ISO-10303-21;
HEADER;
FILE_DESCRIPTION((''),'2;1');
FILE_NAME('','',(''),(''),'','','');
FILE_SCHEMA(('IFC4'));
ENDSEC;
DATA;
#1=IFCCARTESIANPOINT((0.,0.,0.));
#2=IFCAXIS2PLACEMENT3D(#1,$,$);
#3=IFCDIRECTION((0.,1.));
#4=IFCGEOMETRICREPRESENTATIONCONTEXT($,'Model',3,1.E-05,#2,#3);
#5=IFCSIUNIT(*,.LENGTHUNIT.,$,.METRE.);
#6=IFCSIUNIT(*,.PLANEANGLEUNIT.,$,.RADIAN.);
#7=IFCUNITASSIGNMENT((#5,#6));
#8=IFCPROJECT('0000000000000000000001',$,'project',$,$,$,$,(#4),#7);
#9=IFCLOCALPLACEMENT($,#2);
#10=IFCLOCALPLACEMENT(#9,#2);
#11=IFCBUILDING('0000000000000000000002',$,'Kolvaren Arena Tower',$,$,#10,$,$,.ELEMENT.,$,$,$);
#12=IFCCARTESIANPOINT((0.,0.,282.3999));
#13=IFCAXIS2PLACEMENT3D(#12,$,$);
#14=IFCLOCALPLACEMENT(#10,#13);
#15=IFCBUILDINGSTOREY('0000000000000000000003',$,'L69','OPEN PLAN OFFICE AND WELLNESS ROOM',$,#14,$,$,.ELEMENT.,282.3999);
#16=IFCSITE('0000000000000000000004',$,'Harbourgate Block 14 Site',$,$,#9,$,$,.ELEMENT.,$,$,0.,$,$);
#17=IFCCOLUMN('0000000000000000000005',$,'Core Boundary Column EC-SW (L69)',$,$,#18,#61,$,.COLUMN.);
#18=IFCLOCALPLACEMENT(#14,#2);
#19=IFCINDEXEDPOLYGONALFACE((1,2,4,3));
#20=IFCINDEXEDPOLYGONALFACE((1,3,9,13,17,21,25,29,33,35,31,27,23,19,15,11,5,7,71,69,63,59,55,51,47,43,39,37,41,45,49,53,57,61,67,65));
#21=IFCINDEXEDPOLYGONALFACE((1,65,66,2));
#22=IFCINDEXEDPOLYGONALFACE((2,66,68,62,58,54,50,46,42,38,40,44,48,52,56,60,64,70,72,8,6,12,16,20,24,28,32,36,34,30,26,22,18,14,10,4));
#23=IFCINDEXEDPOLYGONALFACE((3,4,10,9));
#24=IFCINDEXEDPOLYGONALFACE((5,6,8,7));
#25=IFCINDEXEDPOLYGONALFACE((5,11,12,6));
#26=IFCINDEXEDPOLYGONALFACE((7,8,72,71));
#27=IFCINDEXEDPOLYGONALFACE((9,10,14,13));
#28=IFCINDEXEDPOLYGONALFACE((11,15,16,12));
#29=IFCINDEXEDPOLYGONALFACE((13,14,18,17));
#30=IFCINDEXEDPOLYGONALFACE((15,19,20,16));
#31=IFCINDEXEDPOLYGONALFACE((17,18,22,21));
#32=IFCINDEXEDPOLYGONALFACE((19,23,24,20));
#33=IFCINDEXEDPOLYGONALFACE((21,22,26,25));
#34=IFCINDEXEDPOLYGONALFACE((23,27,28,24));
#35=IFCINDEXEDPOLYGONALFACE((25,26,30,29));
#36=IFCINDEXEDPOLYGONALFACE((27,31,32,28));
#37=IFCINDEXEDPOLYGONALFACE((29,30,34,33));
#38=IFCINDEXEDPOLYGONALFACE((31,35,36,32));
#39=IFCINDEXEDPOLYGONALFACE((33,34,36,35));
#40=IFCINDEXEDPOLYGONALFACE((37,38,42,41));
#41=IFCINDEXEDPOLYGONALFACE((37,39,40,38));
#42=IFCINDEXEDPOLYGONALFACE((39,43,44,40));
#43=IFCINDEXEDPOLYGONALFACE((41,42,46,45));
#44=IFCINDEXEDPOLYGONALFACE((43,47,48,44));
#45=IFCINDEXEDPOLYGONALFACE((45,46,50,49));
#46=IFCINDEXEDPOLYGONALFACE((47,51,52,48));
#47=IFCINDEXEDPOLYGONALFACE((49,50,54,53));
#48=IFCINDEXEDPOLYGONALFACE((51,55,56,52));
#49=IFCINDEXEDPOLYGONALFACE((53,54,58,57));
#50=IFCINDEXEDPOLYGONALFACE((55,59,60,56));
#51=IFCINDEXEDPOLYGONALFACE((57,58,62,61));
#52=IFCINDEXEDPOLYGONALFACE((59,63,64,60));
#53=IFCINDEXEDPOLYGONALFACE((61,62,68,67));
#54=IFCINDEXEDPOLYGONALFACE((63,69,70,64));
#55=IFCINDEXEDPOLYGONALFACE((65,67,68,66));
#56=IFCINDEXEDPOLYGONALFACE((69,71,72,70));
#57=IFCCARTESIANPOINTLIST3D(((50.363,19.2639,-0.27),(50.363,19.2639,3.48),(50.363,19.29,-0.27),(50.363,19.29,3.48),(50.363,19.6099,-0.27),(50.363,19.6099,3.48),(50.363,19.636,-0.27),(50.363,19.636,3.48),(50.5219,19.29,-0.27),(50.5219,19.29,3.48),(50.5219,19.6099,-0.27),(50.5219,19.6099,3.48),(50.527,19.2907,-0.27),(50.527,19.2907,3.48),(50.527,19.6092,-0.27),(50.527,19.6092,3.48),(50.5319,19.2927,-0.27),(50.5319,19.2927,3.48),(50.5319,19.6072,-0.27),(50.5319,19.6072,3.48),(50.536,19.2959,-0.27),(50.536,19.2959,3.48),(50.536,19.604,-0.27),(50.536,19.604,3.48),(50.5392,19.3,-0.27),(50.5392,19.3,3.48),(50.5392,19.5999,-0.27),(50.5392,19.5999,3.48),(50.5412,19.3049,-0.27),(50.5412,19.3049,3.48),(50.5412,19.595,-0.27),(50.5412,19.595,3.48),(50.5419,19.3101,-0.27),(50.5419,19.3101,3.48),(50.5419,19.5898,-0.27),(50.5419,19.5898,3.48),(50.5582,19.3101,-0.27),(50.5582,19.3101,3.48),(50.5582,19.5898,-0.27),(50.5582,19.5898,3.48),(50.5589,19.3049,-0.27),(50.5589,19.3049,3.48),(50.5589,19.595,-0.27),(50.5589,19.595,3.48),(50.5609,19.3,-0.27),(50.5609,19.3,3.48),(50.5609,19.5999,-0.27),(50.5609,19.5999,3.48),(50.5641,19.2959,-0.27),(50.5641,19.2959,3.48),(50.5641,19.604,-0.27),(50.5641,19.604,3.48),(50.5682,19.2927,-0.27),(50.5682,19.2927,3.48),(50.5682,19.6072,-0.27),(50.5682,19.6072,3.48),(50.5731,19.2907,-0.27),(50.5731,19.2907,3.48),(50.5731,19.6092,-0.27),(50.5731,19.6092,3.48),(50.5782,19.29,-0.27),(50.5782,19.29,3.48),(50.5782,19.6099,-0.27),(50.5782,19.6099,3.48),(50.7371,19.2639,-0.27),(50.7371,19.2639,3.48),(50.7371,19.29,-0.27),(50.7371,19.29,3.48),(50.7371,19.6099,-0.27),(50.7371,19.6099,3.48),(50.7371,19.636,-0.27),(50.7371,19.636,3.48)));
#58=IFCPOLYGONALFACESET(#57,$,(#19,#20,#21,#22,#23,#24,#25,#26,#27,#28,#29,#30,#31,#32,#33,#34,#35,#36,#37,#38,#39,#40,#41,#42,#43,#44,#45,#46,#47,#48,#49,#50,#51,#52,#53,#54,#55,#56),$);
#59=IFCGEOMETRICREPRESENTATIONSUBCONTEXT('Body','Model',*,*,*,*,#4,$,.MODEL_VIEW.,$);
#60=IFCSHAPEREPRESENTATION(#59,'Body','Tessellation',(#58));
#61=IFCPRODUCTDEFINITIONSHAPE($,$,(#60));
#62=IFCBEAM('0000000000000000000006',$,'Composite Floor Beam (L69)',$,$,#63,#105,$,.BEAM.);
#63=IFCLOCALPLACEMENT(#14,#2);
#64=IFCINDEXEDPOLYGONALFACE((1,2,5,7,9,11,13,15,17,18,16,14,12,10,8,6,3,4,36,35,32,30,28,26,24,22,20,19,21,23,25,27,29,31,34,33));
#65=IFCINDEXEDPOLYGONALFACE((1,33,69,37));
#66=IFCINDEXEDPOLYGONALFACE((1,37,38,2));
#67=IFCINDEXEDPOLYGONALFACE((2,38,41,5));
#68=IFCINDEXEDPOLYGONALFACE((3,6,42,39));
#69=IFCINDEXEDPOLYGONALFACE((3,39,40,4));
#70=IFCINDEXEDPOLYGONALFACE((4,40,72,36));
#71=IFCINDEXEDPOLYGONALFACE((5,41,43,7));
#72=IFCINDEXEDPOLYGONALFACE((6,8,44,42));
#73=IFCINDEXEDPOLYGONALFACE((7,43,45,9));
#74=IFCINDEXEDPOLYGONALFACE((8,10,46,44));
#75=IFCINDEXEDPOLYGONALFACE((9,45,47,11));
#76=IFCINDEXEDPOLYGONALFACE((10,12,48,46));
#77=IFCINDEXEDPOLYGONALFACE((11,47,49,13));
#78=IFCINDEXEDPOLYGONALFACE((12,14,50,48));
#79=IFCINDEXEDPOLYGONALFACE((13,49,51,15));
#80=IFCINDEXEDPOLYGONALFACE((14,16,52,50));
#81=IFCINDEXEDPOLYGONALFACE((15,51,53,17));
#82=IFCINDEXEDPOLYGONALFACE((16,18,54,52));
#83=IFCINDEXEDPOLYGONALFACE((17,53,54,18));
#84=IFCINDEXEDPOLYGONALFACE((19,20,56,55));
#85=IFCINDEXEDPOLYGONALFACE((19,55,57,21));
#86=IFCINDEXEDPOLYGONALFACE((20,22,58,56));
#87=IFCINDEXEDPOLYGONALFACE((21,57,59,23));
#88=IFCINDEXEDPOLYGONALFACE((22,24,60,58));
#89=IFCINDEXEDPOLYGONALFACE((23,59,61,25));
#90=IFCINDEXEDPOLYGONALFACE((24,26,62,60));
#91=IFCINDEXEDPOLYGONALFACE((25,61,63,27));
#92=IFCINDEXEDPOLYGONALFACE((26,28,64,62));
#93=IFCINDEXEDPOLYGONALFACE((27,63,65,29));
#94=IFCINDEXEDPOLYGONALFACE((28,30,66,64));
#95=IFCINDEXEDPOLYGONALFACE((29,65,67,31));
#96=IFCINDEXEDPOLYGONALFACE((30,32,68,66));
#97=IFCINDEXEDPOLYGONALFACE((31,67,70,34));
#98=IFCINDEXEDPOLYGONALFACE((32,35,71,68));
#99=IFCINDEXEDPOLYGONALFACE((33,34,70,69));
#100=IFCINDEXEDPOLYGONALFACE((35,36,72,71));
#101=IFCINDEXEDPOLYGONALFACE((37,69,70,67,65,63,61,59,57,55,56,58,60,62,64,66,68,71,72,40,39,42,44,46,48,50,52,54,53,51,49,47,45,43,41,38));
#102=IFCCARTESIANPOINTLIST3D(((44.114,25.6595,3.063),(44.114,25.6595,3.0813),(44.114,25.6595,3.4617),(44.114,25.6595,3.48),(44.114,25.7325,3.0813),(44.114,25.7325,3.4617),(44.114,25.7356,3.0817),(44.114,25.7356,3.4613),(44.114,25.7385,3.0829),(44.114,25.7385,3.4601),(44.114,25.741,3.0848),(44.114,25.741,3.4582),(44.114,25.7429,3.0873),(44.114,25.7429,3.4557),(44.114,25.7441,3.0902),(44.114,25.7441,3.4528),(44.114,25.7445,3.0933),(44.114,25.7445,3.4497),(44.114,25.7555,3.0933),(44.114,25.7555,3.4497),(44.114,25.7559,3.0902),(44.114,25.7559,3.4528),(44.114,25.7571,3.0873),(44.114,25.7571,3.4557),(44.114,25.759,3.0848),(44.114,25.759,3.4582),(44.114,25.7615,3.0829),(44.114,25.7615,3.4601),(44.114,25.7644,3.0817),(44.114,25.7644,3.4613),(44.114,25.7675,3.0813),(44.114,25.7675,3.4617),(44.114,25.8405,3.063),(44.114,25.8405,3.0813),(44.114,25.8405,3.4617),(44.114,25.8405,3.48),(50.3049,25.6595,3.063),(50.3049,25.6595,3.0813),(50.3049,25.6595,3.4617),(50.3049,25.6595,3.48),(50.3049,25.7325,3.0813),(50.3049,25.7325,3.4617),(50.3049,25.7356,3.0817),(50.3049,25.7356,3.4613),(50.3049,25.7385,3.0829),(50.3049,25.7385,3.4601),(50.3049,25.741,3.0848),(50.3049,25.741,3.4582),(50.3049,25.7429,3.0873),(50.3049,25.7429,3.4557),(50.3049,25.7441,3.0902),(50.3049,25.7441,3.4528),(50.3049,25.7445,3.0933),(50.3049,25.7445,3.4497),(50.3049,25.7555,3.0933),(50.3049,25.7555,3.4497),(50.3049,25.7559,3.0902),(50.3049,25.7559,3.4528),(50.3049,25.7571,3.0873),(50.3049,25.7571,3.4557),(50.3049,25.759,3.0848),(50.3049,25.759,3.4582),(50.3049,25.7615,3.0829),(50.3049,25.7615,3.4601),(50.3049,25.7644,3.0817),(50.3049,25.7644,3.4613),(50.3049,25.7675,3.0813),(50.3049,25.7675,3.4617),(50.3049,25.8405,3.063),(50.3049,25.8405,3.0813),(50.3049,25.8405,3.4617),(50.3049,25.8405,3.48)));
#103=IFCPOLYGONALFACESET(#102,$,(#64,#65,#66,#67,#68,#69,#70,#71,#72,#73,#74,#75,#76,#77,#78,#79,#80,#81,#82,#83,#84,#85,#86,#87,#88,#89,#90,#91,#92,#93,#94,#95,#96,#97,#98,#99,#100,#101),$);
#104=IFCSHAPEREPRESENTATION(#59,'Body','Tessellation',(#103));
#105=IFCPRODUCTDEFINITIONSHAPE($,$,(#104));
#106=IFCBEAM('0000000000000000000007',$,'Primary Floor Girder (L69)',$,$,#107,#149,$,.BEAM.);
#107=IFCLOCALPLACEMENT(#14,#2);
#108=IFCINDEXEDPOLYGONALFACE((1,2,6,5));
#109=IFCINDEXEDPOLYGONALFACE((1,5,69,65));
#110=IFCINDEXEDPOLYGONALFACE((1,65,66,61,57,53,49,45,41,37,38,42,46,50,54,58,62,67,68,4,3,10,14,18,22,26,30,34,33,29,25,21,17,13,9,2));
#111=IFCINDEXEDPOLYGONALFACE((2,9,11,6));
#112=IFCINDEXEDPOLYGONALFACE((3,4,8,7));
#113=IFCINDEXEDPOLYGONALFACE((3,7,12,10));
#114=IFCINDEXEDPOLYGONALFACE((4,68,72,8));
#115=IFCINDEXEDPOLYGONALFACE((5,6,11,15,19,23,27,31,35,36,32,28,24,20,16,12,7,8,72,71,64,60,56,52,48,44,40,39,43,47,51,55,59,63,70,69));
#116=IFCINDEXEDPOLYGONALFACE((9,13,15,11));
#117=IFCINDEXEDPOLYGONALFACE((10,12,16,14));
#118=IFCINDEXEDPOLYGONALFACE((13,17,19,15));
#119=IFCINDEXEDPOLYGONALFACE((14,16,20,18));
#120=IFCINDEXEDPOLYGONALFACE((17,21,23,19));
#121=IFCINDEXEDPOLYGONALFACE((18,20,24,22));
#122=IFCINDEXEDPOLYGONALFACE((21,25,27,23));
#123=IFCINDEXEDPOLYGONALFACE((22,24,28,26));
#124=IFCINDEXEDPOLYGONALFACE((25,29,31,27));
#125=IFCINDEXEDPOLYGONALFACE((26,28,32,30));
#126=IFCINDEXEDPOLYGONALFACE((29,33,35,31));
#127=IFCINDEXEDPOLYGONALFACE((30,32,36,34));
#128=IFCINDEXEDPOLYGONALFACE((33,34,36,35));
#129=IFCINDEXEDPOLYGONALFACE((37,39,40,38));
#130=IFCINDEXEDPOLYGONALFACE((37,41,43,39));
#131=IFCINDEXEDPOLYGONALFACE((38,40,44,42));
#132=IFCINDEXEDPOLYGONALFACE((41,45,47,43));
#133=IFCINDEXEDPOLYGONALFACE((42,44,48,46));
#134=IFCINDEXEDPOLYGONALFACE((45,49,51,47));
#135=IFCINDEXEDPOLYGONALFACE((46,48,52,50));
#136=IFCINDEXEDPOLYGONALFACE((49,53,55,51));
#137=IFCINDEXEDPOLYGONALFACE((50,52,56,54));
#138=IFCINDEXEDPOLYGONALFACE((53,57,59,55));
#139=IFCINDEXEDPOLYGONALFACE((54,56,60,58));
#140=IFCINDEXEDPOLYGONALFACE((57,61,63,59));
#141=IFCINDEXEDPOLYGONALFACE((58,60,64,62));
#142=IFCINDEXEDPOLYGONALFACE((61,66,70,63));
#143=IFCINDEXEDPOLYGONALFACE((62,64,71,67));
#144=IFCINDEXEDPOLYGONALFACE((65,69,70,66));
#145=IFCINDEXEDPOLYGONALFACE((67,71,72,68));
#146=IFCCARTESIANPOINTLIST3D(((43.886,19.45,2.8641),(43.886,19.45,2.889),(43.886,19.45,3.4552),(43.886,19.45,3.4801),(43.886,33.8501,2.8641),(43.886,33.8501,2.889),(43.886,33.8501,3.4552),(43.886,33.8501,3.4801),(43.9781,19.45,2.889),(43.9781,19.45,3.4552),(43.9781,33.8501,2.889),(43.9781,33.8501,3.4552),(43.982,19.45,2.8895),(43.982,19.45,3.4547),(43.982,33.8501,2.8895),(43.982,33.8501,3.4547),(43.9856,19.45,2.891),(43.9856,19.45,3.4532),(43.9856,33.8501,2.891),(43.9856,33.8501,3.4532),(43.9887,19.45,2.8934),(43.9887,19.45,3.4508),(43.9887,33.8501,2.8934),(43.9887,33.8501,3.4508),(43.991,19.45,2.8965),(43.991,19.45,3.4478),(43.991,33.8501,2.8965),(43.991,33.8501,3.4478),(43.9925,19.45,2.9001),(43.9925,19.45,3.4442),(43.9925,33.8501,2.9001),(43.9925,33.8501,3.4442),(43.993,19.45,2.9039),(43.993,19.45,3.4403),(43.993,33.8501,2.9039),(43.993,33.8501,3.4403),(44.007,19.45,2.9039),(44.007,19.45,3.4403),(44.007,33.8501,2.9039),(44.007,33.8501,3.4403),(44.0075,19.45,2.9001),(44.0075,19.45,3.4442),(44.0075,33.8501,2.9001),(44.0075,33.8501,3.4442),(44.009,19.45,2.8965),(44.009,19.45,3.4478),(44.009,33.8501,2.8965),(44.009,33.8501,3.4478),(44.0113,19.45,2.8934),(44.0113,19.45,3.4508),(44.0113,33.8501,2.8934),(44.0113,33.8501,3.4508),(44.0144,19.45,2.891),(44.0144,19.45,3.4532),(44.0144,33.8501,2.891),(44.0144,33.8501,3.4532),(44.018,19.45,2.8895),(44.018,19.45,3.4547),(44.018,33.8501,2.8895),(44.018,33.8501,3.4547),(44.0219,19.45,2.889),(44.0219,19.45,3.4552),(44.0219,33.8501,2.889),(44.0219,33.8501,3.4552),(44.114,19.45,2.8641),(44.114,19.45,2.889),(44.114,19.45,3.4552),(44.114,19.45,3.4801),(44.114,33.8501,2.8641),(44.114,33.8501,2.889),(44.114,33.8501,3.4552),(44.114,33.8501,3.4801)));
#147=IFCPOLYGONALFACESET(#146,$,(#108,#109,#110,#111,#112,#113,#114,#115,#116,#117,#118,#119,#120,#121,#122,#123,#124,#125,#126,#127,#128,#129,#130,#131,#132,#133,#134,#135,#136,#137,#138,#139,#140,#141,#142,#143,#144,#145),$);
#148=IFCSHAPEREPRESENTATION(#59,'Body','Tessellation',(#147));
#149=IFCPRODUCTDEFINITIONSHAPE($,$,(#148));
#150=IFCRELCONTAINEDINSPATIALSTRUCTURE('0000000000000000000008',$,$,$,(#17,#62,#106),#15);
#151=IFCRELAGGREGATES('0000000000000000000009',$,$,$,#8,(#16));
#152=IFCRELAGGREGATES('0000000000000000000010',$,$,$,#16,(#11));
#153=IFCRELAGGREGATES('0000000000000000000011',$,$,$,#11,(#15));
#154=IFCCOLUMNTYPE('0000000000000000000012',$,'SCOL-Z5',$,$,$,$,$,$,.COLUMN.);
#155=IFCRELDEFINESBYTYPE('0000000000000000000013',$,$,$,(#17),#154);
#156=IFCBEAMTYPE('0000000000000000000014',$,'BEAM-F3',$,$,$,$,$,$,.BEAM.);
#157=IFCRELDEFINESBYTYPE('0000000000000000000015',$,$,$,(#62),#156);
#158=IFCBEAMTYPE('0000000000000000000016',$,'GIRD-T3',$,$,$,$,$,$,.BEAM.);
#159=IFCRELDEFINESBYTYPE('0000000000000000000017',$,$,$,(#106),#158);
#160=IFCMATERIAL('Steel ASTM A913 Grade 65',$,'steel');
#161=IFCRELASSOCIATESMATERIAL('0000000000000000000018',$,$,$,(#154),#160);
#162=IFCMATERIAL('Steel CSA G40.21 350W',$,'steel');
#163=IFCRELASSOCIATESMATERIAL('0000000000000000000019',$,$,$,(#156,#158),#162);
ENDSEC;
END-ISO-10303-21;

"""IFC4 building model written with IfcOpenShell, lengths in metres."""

from ifc_helpers import new_model, si_unit, direction, frame, origin, origin_2d, place, context, subcontext, project, spatial, i_section, extrude, material, material_profile, profile_set, type_object, element, save


model = new_model("IFC4")

# Units and contexts
model_context = context("Model", 3, precision=1e-05, world=origin(), true_north=direction((0.0, 1.0)))
body_context = subcontext(model_context, "Body", "Model", "MODEL_VIEW")
ifc_project = project(units=[si_unit("LENGTHUNIT", "METRE"), si_unit("PLANEANGLEUNIT", "RADIAN")], contexts=[model_context])

# Site, building, storey
site_placement = place(None, origin())
site = spatial("IfcSite", under=ifc_project, at=site_placement, Name="Harbourgate Block 14 Site", CompositionType="ELEMENT", RefElevation=0.0)
building_placement = place(site_placement, origin())
building = spatial("IfcBuilding", under=site, at=building_placement, Name="Kolvaren Arena Tower", CompositionType="ELEMENT")
storey_placement = place(building_placement, frame((0.0, 0.0, 282.3999)))
storey = spatial("IfcBuildingStorey", under=building, at=storey_placement, Name="L69", Description="OPEN PLAN OFFICE AND WELLNESS ROOM", CompositionType="ELEMENT", Elevation=282.3999)

# Column
ifc_material_1 = material(Name="Steel ASTM A913 Grade 65", Category="steel")
ifc_material_profile_1 = material_profile(ifc_material_1, i_section(OverallWidth=0.374, OverallDepth=0.3721, WebThickness=0.0164, FlangeThickness=0.0261, FilletRadius=0.02, at=origin_2d()), Name="W360x196")
ifc_profile_set_1 = profile_set([ifc_material_profile_1], Name="Steel ASTM A913 Grade 65")
column_type = type_object("IfcColumnType", Name="SCOL-Z5", PredefinedType="COLUMN", material=ifc_profile_set_1)
column_placement = place(storey_placement, frame((50.55, 19.45, -0.27), z_axis=(0.0, 0.0, 1.0), x_axis=(1.0, 0.0, 0.0)))
element("IfcColumn", 1, at=column_placement, inside=storey, type_object=column_type, Name="Core Boundary Column EC-SW (L69)", PredefinedType="COLUMN", context=body_context, shape_type="SweptSolid", body=[
    extrude(i_section(OverallWidth=0.374, OverallDepth=0.3721, WebThickness=0.0164, FlangeThickness=0.0261, FilletRadius=0.02, at=origin_2d()), origin(), (0.0, 0.0, 1.0), 3.75),
])

# Beams
ifc_material_2 = material(Name="Steel CSA G40.21 350W", Category="steel")
ifc_material_profile_2 = material_profile(ifc_material_2, i_section(OverallWidth=0.1809, OverallDepth=0.417, WebThickness=0.011, FlangeThickness=0.0183, FilletRadius=0.012, at=origin_2d()), Name="W410x85")
ifc_profile_set_2 = profile_set([ifc_material_profile_2], Name="Steel CSA G40.21 350W")
beam_type_1 = type_object("IfcBeamType", Name="BEAM-F3", PredefinedType="BEAM", material=ifc_profile_set_2)
beam_1_placement = place(storey_placement, frame((44.114, 25.75, 3.2715), z_axis=(1.0, 0.0, 0.0), x_axis=(0.0, 1.0, 0.0)))
element("IfcBeam", 2, at=beam_1_placement, inside=storey, type_object=beam_type_1, Name="Composite Floor Beam (L69)", PredefinedType="BEAM", context=body_context, shape_type="SweptSolid", body=[
    extrude(i_section(OverallWidth=0.1809, OverallDepth=0.417, WebThickness=0.011, FlangeThickness=0.0183, FilletRadius=0.012, at=origin_2d()), origin(), (0.0, 0.0, 1.0), 6.1909),
])
ifc_material_profile_3 = material_profile(ifc_material_2, i_section(OverallWidth=0.228, OverallDepth=0.616, WebThickness=0.0139, FlangeThickness=0.0249, FilletRadius=0.0149, at=origin_2d()), Name="W610x174")
ifc_profile_set_3 = profile_set([ifc_material_profile_3], Name="Steel CSA G40.21 350W")
beam_type_2 = type_object("IfcBeamType", Name="GIRD-T3", PredefinedType="BEAM", material=ifc_profile_set_3)
beam_2_placement = place(storey_placement, frame((44.0, 19.45, 3.1721), z_axis=(0.0, 1.0, 0.0), x_axis=(-1.0, 0.0, 0.0)))
element("IfcBeam", 3, at=beam_2_placement, inside=storey, type_object=beam_type_2, Name="Primary Floor Girder (L69)", PredefinedType="BEAM", context=body_context, shape_type="SweptSolid", body=[
    extrude(i_section(OverallWidth=0.228, OverallDepth=0.616, WebThickness=0.0139, FlangeThickness=0.0249, FilletRadius=0.0149, at=origin_2d()), origin(), (0.0, 0.0, 1.0), 14.4001),
])

save(model, "model.ifc")
